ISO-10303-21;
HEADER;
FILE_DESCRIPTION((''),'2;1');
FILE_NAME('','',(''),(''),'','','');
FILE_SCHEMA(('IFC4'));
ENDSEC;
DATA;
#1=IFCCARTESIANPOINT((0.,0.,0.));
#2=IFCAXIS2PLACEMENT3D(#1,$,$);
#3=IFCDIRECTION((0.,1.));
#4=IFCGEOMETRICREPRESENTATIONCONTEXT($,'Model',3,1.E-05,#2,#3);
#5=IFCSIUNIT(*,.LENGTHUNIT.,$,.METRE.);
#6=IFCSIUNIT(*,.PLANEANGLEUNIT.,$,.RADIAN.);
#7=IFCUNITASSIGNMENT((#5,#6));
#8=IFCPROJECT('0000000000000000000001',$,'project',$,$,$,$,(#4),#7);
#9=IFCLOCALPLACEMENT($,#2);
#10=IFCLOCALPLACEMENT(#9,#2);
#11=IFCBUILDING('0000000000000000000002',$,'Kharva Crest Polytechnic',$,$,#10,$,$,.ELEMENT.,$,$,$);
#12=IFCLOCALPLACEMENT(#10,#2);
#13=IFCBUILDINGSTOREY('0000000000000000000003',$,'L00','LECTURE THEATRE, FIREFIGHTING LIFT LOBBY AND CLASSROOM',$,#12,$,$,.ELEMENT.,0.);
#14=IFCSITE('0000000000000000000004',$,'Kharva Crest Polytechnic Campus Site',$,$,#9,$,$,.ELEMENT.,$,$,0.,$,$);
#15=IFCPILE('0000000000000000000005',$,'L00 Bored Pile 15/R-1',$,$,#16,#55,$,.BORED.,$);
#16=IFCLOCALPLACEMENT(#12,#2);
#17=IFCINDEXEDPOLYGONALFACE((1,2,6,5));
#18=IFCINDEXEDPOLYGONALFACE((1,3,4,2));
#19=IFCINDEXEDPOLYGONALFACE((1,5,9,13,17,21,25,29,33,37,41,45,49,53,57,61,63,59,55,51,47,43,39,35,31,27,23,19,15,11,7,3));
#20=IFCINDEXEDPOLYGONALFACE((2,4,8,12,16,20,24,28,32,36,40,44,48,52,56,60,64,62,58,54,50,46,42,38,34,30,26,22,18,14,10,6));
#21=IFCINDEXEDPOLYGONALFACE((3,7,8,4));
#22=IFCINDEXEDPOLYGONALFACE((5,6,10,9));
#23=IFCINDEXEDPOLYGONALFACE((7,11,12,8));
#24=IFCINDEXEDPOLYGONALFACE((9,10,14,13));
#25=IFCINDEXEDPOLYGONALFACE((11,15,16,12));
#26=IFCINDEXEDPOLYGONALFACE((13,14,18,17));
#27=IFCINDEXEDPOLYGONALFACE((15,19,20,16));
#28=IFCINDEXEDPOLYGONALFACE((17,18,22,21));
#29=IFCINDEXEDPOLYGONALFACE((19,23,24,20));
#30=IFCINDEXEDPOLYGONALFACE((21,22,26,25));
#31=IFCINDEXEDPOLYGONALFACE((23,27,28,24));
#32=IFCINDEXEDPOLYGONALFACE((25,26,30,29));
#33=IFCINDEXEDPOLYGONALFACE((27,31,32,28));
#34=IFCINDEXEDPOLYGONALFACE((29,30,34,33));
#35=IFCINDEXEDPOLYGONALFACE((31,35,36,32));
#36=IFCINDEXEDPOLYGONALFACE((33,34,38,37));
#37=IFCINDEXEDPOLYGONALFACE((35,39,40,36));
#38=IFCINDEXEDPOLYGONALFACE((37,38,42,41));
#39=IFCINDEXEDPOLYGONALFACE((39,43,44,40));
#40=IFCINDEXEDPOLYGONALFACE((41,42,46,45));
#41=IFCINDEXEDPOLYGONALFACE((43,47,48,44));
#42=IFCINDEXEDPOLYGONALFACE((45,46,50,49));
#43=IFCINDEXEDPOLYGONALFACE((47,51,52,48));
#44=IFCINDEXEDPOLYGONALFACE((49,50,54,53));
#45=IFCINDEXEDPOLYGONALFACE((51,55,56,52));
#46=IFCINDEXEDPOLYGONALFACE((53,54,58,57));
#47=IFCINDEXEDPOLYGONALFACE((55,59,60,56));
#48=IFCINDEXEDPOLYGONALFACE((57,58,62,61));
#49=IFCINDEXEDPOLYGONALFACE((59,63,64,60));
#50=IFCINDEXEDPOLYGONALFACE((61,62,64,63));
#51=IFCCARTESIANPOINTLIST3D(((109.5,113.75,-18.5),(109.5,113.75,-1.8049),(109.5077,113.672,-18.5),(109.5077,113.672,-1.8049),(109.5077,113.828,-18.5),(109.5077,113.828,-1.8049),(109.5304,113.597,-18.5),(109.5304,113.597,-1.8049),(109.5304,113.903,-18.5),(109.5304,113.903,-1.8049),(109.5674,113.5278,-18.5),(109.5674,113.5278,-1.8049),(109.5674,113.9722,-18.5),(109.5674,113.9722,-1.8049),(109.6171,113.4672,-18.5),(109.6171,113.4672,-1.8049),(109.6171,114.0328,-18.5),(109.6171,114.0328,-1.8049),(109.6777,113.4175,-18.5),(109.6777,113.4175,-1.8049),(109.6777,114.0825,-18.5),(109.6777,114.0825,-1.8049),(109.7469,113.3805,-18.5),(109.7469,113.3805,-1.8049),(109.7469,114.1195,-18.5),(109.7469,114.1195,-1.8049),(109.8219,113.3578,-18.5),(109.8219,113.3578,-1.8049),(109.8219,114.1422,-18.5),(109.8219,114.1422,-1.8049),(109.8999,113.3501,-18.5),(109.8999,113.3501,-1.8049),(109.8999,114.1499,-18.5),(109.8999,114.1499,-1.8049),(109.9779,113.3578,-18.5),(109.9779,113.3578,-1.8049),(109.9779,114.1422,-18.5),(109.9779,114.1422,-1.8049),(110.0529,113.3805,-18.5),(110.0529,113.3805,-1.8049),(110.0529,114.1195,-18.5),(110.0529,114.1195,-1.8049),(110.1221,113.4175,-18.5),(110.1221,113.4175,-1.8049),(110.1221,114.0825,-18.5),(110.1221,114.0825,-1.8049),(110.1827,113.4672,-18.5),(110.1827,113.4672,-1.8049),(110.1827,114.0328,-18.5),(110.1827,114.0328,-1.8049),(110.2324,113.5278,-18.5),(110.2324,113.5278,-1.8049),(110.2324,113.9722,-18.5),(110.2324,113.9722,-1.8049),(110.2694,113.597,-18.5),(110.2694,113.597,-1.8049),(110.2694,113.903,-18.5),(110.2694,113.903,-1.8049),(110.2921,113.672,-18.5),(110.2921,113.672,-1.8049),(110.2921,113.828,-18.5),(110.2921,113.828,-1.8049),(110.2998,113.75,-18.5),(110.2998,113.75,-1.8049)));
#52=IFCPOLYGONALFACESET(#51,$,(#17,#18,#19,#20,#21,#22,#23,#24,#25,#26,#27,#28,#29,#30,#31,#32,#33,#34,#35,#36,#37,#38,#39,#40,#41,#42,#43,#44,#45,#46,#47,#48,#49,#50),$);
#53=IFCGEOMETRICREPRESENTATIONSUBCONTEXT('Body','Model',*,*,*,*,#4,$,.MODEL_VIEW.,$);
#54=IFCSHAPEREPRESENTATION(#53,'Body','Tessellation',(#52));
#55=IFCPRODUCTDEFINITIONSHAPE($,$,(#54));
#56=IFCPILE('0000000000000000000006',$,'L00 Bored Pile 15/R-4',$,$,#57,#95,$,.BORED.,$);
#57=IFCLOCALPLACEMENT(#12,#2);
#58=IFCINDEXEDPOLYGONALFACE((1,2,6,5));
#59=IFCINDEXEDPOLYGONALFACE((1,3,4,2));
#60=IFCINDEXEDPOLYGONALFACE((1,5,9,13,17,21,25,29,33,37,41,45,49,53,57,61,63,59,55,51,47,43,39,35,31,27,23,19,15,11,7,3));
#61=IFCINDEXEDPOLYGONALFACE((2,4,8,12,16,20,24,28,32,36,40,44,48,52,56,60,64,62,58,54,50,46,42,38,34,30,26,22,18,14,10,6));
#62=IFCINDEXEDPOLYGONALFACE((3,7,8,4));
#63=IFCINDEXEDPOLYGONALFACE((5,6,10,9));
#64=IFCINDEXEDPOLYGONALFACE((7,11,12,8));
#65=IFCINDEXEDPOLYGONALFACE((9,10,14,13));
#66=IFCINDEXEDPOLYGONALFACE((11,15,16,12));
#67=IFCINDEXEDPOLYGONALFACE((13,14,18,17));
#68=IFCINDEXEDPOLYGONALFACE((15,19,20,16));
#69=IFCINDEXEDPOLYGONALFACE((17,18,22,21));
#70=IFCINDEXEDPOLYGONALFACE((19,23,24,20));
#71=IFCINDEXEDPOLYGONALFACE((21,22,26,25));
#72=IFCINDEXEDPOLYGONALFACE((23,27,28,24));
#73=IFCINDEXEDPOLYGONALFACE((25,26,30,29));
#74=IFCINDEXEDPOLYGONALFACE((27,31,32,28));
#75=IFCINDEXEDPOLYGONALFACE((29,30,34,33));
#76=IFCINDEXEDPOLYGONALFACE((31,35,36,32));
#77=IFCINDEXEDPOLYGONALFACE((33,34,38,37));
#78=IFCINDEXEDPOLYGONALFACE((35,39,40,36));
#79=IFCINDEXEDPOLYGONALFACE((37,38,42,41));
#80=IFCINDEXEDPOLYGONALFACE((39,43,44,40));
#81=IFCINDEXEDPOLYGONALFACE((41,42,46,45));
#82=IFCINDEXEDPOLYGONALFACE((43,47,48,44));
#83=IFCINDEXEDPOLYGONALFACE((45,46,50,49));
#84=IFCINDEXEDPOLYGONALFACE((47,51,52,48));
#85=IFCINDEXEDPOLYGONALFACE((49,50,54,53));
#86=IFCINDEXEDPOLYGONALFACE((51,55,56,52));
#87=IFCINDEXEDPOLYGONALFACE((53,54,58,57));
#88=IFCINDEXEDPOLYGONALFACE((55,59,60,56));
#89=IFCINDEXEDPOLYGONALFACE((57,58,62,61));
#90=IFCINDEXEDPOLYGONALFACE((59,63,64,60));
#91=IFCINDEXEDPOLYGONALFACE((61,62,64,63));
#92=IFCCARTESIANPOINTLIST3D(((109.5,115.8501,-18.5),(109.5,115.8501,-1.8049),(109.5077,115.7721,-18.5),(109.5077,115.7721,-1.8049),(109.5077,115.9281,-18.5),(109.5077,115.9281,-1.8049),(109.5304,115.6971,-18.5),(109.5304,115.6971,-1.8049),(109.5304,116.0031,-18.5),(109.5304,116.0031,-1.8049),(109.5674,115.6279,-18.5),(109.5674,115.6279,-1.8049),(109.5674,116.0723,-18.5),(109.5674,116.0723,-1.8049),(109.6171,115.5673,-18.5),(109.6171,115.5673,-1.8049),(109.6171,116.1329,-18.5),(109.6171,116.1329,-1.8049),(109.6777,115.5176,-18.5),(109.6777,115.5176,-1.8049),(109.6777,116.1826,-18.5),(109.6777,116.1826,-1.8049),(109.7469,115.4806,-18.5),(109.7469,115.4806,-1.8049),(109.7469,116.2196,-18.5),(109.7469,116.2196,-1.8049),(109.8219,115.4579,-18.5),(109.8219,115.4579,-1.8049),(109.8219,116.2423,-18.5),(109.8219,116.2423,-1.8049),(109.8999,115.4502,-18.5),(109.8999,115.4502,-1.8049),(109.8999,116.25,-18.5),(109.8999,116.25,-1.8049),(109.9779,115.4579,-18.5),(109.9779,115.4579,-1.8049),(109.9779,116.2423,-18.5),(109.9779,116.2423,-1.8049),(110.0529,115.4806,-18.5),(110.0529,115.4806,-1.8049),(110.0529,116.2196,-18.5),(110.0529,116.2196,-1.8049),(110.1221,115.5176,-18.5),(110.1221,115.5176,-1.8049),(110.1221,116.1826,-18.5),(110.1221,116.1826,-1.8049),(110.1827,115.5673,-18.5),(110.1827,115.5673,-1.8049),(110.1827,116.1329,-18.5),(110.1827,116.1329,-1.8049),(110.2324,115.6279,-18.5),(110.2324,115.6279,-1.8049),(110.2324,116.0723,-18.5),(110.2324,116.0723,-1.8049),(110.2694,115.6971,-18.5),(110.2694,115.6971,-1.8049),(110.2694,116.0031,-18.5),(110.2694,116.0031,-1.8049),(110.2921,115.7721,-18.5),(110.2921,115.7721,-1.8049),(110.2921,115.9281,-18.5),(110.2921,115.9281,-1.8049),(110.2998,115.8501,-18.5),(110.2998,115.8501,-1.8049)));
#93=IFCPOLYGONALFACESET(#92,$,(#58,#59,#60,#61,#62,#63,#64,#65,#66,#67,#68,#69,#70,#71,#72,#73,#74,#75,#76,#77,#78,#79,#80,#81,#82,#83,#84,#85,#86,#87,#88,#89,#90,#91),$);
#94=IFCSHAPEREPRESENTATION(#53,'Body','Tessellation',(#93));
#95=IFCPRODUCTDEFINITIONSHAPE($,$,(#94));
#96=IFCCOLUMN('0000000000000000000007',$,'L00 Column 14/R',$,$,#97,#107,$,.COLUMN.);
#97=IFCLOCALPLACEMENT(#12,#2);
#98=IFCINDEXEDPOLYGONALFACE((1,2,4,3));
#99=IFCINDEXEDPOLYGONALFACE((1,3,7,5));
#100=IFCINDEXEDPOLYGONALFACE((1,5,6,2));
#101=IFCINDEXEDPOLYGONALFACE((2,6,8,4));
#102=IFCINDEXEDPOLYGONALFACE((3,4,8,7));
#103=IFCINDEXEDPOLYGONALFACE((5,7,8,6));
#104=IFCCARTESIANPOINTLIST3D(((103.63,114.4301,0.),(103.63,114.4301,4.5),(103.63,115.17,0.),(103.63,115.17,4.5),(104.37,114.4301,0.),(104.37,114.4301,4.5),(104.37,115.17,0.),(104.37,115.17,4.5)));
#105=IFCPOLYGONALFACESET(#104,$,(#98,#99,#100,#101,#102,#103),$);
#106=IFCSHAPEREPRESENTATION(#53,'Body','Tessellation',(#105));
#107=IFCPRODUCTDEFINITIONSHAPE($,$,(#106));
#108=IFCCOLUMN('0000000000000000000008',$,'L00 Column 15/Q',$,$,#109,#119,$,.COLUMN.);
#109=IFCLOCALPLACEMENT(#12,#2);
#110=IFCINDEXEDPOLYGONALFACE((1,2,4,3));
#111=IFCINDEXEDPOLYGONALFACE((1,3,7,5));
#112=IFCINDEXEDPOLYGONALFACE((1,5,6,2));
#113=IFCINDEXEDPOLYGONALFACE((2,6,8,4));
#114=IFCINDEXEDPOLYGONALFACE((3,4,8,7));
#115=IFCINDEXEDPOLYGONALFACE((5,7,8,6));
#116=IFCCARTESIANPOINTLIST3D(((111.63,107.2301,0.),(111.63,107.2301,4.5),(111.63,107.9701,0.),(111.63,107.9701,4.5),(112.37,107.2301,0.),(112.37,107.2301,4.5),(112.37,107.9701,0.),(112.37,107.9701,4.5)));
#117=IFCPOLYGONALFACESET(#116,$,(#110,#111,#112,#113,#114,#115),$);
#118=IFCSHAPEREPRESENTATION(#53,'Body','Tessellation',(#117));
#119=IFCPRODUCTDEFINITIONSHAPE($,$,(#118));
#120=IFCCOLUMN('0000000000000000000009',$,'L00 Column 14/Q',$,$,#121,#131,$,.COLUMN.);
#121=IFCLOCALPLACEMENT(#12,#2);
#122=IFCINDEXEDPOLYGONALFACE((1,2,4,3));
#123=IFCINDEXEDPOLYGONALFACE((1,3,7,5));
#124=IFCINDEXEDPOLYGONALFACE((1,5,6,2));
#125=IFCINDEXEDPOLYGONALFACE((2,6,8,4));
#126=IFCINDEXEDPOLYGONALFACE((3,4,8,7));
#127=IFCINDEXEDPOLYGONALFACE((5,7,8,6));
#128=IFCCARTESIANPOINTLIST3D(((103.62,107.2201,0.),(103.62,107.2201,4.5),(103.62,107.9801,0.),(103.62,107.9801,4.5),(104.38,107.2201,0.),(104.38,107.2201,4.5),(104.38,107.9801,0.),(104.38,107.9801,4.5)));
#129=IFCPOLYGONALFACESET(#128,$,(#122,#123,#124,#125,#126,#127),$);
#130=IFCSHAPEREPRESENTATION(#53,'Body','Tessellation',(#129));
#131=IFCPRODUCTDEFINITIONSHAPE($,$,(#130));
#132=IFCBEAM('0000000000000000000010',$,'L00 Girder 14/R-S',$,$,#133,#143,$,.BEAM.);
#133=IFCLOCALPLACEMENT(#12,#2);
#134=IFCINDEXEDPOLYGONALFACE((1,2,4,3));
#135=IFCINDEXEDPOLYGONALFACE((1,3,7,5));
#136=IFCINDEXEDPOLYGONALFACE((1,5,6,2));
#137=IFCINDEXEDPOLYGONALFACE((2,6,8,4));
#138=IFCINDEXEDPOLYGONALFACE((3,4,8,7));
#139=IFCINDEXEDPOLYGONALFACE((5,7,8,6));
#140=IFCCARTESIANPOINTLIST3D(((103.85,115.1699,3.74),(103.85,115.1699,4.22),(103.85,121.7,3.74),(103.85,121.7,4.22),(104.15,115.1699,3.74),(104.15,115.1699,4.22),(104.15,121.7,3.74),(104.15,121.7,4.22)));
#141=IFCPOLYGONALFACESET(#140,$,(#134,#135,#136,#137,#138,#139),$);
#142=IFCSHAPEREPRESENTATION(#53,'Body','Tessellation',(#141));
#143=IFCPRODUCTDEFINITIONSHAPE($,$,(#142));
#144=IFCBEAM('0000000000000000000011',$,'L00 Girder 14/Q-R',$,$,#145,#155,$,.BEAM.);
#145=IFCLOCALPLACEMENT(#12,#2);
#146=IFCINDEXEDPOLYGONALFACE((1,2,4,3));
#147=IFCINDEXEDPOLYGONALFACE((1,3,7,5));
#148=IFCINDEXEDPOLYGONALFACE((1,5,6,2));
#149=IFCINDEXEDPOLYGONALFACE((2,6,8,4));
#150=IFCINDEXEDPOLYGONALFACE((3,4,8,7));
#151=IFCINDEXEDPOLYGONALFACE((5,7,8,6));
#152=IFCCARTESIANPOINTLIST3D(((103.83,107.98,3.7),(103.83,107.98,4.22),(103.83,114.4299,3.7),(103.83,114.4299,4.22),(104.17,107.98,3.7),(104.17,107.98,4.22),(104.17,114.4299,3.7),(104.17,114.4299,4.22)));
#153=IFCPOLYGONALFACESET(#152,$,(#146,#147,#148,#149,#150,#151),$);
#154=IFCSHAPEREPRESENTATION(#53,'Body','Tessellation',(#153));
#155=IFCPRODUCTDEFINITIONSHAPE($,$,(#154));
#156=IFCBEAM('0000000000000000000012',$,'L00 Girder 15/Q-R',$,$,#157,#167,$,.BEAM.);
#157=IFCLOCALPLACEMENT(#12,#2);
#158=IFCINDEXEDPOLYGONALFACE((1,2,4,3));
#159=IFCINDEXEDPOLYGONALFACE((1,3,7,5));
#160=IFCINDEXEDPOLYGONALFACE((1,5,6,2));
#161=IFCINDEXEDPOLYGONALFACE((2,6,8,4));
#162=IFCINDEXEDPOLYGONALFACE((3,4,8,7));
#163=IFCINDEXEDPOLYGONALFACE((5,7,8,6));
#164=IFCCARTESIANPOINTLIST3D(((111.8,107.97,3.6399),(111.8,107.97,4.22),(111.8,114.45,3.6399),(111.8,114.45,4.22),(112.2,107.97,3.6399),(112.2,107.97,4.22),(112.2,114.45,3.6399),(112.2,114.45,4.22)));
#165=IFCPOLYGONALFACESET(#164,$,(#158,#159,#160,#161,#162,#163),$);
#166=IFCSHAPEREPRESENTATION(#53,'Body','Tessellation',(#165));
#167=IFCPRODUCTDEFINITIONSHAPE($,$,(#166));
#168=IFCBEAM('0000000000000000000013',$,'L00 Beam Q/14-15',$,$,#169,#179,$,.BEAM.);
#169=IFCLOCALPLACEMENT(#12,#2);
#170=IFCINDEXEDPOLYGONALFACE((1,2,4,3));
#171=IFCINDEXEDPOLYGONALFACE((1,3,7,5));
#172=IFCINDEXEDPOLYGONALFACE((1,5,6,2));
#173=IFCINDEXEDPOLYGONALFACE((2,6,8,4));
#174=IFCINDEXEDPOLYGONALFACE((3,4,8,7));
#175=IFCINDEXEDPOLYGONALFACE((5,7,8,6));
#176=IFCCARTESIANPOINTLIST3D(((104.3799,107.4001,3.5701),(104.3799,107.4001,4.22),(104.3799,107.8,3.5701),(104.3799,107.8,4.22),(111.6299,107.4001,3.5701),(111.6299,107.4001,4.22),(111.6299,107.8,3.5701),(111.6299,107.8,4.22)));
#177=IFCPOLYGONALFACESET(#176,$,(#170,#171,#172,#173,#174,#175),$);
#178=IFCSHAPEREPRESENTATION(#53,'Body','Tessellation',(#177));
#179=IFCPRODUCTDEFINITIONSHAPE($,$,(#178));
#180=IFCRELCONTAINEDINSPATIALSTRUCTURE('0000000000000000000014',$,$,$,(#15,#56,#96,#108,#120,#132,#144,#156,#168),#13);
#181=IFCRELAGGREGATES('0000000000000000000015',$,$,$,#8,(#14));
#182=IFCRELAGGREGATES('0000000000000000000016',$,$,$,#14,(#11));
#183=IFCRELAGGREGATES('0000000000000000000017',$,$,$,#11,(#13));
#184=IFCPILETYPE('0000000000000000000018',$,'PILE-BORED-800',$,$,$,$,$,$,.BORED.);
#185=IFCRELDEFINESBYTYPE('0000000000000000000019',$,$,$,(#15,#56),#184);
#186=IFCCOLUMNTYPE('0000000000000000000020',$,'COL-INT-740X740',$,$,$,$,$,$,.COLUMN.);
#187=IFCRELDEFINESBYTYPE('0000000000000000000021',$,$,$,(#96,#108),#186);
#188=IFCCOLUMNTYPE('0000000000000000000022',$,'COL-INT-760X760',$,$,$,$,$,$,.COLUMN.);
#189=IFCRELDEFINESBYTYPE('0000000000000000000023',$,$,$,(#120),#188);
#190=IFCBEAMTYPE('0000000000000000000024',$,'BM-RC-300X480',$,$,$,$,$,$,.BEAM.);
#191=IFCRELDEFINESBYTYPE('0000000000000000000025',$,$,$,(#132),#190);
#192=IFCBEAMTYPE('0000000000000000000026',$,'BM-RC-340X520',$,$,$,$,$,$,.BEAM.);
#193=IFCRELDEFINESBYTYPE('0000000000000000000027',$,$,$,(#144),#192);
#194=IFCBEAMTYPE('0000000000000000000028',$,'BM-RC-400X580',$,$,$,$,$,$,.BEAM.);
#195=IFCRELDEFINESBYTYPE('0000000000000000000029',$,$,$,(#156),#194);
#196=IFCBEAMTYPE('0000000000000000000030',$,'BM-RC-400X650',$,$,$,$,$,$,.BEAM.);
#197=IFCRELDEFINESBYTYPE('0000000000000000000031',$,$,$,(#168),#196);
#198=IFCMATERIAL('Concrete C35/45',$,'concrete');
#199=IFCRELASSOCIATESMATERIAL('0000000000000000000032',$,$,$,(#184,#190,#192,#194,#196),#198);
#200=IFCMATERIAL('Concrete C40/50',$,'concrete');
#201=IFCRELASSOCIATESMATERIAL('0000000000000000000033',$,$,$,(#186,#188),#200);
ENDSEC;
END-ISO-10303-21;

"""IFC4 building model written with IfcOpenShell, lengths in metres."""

from ifc_helpers import new_model, si_unit, direction, frame, origin, origin_2d, place, context, subcontext, project, spatial, rectangle, circle, extrude, material, material_profile, profile_set, type_object, element, save


model = new_model("IFC4")

# Units and contexts
model_context = context("Model", 3, precision=1e-05, world=origin(), true_north=direction((0.0, 1.0)))
body_context = subcontext(model_context, "Body", "Model", "MODEL_VIEW")
ifc_project = project(units=[si_unit("LENGTHUNIT", "METRE"), si_unit("PLANEANGLEUNIT", "RADIAN")], contexts=[model_context])

# Site, building, storey
site_placement = place(None, origin())
site = spatial("IfcSite", under=ifc_project, at=site_placement, Name="Kharva Crest Polytechnic Campus Site", CompositionType="ELEMENT", RefElevation=0.0)
building_placement = place(site_placement, origin())
building = spatial("IfcBuilding", under=site, at=building_placement, Name="Kharva Crest Polytechnic", CompositionType="ELEMENT")
storey_placement = place(building_placement, origin())
storey = spatial("IfcBuildingStorey", under=building, at=storey_placement, Name="L00", Description="LECTURE THEATRE, FIREFIGHTING LIFT LOBBY AND CLASSROOM", CompositionType="ELEMENT", Elevation=0.0)

# Shared definitions
ifc_material_1 = material(Name="Concrete C35/45", Category="concrete")

# Piles
ifc_material_profile_1 = material_profile(ifc_material_1, circle(Radius=0.3999, at=origin_2d()), Name="DIA 800")
ifc_profile_set_1 = profile_set([ifc_material_profile_1], Name="Concrete C35/45")
pile_type = type_object("IfcPileType", Name="PILE-BORED-800", PredefinedType="BORED", material=ifc_profile_set_1)
for number, where, z_axis, x_axis, name in (
    (1, (109.8999, 113.75, -1.8049), (0.0, 0.0, -1.0), (1.0, 0.0, 0.0), "L00 Bored Pile 15/R-1"),
    (2, (109.8999, 115.8501, -1.8049), (0.0, 0.0, -1.0), (1.0, 0.0, 0.0), "L00 Bored Pile 15/R-4"),
):
    element("IfcPile", number, at=place(storey_placement, frame(where, z_axis=z_axis, x_axis=x_axis)), inside=storey, type_object=pile_type, Name=name, PredefinedType="BORED", context=body_context, shape_type="SweptSolid", body=[
        extrude(circle(Radius=0.3999, at=origin_2d()), origin(), (0.0, 0.0, 1.0), 16.6951),
    ])

# Columns
ifc_material_2 = material(Name="Concrete C40/50", Category="concrete")
ifc_material_profile_2 = material_profile(ifc_material_2, rectangle(XDim=0.74, YDim=0.74, at=origin_2d()), Name="RECT 740 X 740")
ifc_profile_set_2 = profile_set([ifc_material_profile_2], Name="Concrete C40/50")
column_type_1 = type_object("IfcColumnType", Name="COL-INT-740X740", PredefinedType="COLUMN", material=ifc_profile_set_2)
for number, where, z_axis, x_axis, name in (
    (3, (104.0, 114.8, 0.0), (0.0, 0.0, 1.0), (1.0, 0.0, 0.0), "L00 Column 14/R"),
    (4, (112.0, 107.6001, 0.0), (0.0, 0.0, 1.0), (1.0, 0.0, 0.0), "L00 Column 15/Q"),
):
    element("IfcColumn", number, at=place(storey_placement, frame(where, z_axis=z_axis, x_axis=x_axis)), inside=storey, type_object=column_type_1, Name=name, PredefinedType="COLUMN", context=body_context, shape_type="SweptSolid", body=[
        extrude(rectangle(XDim=0.74, YDim=0.74, at=origin_2d()), origin(), (0.0, 0.0, 1.0), 4.5),
    ])
ifc_material_profile_3 = material_profile(ifc_material_2, rectangle(XDim=0.76, YDim=0.76, at=origin_2d()), Name="RECT 760 X 760")
ifc_profile_set_3 = profile_set([ifc_material_profile_3], Name="Concrete C40/50")
column_type_2 = type_object("IfcColumnType", Name="COL-INT-760X760", PredefinedType="COLUMN", material=ifc_profile_set_3)
column_placement = place(storey_placement, frame((104.0, 107.6001, 0.0), z_axis=(0.0, 0.0, 1.0), x_axis=(1.0, 0.0, 0.0)))
element("IfcColumn", 5, at=column_placement, inside=storey, type_object=column_type_2, Name="L00 Column 14/Q", PredefinedType="COLUMN", context=body_context, shape_type="SweptSolid", body=[
    extrude(rectangle(XDim=0.76, YDim=0.76, at=origin_2d()), origin(), (0.0, 0.0, 1.0), 4.5),
])

# Beams
ifc_material_profile_4 = material_profile(ifc_material_1, rectangle(XDim=0.3, YDim=0.48, at=origin_2d()), Name="RECT 300 X 480")
ifc_profile_set_4 = profile_set([ifc_material_profile_4], Name="Concrete C35/45")
beam_type_1 = type_object("IfcBeamType", Name="BM-RC-300X480", PredefinedType="BEAM", material=ifc_profile_set_4)
beam_1_placement = place(storey_placement, frame((104.0, 115.1699, 3.98), z_axis=(0.0, 1.0, 0.0), x_axis=(-1.0, 0.0, 0.0)))
element("IfcBeam", 6, at=beam_1_placement, inside=storey, type_object=beam_type_1, Name="L00 Girder 14/R-S", PredefinedType="BEAM", context=body_context, shape_type="SweptSolid", body=[
    extrude(rectangle(XDim=0.3, YDim=0.48, at=origin_2d()), origin(), (0.0, 0.0, 1.0), 6.53),
])
ifc_material_profile_5 = material_profile(ifc_material_1, rectangle(XDim=0.3401, YDim=0.52, at=origin_2d()), Name="RECT 340 X 520")
ifc_profile_set_5 = profile_set([ifc_material_profile_5], Name="Concrete C35/45")
beam_type_2 = type_object("IfcBeamType", Name="BM-RC-340X520", PredefinedType="BEAM", material=ifc_profile_set_5)
beam_2_placement = place(storey_placement, frame((104.0, 107.98, 3.96), z_axis=(0.0, 1.0, 0.0), x_axis=(-1.0, 0.0, 0.0)))
element("IfcBeam", 7, at=beam_2_placement, inside=storey, type_object=beam_type_2, Name="L00 Girder 14/Q-R", PredefinedType="BEAM", context=body_context, shape_type="SweptSolid", body=[
    extrude(rectangle(XDim=0.3401, YDim=0.52, at=origin_2d()), origin(), (0.0, 0.0, 1.0), 6.45),
])
ifc_material_profile_6 = material_profile(ifc_material_1, rectangle(XDim=0.3999, YDim=0.5801, at=origin_2d()), Name="RECT 400 X 580")
ifc_profile_set_6 = profile_set([ifc_material_profile_6], Name="Concrete C35/45")
beam_type_3 = type_object("IfcBeamType", Name="BM-RC-400X580", PredefinedType="BEAM", material=ifc_profile_set_6)
beam_3_placement = place(storey_placement, frame((112.0, 107.97, 3.9299), z_axis=(0.0, 1.0, 0.0), x_axis=(-1.0, 0.0, 0.0)))
element("IfcBeam", 8, at=beam_3_placement, inside=storey, type_object=beam_type_3, Name="L00 Girder 15/Q-R", PredefinedType="BEAM", context=body_context, shape_type="SweptSolid", body=[
    extrude(rectangle(XDim=0.3999, YDim=0.5801, at=origin_2d()), origin(), (0.0, 0.0, 1.0), 6.48),
])
ifc_material_profile_7 = material_profile(ifc_material_1, rectangle(XDim=0.3999, YDim=0.6499, at=origin_2d()), Name="RECT 400 X 650")
ifc_profile_set_7 = profile_set([ifc_material_profile_7], Name="Concrete C35/45")
beam_type_4 = type_object("IfcBeamType", Name="BM-RC-400X650", PredefinedType="BEAM", material=ifc_profile_set_7)
beam_4_placement = place(storey_placement, frame((104.3799, 107.6001, 3.895), z_axis=(1.0, 0.0, 0.0), x_axis=(0.0, 1.0, 0.0)))
element("IfcBeam", 9, at=beam_4_placement, inside=storey, type_object=beam_type_4, Name="L00 Beam Q/14-15", PredefinedType="BEAM", context=body_context, shape_type="SweptSolid", body=[
    extrude(rectangle(XDim=0.3999, YDim=0.6499, at=origin_2d()), origin(), (0.0, 0.0, 1.0), 7.25),
])

save(model, "model.ifc")
